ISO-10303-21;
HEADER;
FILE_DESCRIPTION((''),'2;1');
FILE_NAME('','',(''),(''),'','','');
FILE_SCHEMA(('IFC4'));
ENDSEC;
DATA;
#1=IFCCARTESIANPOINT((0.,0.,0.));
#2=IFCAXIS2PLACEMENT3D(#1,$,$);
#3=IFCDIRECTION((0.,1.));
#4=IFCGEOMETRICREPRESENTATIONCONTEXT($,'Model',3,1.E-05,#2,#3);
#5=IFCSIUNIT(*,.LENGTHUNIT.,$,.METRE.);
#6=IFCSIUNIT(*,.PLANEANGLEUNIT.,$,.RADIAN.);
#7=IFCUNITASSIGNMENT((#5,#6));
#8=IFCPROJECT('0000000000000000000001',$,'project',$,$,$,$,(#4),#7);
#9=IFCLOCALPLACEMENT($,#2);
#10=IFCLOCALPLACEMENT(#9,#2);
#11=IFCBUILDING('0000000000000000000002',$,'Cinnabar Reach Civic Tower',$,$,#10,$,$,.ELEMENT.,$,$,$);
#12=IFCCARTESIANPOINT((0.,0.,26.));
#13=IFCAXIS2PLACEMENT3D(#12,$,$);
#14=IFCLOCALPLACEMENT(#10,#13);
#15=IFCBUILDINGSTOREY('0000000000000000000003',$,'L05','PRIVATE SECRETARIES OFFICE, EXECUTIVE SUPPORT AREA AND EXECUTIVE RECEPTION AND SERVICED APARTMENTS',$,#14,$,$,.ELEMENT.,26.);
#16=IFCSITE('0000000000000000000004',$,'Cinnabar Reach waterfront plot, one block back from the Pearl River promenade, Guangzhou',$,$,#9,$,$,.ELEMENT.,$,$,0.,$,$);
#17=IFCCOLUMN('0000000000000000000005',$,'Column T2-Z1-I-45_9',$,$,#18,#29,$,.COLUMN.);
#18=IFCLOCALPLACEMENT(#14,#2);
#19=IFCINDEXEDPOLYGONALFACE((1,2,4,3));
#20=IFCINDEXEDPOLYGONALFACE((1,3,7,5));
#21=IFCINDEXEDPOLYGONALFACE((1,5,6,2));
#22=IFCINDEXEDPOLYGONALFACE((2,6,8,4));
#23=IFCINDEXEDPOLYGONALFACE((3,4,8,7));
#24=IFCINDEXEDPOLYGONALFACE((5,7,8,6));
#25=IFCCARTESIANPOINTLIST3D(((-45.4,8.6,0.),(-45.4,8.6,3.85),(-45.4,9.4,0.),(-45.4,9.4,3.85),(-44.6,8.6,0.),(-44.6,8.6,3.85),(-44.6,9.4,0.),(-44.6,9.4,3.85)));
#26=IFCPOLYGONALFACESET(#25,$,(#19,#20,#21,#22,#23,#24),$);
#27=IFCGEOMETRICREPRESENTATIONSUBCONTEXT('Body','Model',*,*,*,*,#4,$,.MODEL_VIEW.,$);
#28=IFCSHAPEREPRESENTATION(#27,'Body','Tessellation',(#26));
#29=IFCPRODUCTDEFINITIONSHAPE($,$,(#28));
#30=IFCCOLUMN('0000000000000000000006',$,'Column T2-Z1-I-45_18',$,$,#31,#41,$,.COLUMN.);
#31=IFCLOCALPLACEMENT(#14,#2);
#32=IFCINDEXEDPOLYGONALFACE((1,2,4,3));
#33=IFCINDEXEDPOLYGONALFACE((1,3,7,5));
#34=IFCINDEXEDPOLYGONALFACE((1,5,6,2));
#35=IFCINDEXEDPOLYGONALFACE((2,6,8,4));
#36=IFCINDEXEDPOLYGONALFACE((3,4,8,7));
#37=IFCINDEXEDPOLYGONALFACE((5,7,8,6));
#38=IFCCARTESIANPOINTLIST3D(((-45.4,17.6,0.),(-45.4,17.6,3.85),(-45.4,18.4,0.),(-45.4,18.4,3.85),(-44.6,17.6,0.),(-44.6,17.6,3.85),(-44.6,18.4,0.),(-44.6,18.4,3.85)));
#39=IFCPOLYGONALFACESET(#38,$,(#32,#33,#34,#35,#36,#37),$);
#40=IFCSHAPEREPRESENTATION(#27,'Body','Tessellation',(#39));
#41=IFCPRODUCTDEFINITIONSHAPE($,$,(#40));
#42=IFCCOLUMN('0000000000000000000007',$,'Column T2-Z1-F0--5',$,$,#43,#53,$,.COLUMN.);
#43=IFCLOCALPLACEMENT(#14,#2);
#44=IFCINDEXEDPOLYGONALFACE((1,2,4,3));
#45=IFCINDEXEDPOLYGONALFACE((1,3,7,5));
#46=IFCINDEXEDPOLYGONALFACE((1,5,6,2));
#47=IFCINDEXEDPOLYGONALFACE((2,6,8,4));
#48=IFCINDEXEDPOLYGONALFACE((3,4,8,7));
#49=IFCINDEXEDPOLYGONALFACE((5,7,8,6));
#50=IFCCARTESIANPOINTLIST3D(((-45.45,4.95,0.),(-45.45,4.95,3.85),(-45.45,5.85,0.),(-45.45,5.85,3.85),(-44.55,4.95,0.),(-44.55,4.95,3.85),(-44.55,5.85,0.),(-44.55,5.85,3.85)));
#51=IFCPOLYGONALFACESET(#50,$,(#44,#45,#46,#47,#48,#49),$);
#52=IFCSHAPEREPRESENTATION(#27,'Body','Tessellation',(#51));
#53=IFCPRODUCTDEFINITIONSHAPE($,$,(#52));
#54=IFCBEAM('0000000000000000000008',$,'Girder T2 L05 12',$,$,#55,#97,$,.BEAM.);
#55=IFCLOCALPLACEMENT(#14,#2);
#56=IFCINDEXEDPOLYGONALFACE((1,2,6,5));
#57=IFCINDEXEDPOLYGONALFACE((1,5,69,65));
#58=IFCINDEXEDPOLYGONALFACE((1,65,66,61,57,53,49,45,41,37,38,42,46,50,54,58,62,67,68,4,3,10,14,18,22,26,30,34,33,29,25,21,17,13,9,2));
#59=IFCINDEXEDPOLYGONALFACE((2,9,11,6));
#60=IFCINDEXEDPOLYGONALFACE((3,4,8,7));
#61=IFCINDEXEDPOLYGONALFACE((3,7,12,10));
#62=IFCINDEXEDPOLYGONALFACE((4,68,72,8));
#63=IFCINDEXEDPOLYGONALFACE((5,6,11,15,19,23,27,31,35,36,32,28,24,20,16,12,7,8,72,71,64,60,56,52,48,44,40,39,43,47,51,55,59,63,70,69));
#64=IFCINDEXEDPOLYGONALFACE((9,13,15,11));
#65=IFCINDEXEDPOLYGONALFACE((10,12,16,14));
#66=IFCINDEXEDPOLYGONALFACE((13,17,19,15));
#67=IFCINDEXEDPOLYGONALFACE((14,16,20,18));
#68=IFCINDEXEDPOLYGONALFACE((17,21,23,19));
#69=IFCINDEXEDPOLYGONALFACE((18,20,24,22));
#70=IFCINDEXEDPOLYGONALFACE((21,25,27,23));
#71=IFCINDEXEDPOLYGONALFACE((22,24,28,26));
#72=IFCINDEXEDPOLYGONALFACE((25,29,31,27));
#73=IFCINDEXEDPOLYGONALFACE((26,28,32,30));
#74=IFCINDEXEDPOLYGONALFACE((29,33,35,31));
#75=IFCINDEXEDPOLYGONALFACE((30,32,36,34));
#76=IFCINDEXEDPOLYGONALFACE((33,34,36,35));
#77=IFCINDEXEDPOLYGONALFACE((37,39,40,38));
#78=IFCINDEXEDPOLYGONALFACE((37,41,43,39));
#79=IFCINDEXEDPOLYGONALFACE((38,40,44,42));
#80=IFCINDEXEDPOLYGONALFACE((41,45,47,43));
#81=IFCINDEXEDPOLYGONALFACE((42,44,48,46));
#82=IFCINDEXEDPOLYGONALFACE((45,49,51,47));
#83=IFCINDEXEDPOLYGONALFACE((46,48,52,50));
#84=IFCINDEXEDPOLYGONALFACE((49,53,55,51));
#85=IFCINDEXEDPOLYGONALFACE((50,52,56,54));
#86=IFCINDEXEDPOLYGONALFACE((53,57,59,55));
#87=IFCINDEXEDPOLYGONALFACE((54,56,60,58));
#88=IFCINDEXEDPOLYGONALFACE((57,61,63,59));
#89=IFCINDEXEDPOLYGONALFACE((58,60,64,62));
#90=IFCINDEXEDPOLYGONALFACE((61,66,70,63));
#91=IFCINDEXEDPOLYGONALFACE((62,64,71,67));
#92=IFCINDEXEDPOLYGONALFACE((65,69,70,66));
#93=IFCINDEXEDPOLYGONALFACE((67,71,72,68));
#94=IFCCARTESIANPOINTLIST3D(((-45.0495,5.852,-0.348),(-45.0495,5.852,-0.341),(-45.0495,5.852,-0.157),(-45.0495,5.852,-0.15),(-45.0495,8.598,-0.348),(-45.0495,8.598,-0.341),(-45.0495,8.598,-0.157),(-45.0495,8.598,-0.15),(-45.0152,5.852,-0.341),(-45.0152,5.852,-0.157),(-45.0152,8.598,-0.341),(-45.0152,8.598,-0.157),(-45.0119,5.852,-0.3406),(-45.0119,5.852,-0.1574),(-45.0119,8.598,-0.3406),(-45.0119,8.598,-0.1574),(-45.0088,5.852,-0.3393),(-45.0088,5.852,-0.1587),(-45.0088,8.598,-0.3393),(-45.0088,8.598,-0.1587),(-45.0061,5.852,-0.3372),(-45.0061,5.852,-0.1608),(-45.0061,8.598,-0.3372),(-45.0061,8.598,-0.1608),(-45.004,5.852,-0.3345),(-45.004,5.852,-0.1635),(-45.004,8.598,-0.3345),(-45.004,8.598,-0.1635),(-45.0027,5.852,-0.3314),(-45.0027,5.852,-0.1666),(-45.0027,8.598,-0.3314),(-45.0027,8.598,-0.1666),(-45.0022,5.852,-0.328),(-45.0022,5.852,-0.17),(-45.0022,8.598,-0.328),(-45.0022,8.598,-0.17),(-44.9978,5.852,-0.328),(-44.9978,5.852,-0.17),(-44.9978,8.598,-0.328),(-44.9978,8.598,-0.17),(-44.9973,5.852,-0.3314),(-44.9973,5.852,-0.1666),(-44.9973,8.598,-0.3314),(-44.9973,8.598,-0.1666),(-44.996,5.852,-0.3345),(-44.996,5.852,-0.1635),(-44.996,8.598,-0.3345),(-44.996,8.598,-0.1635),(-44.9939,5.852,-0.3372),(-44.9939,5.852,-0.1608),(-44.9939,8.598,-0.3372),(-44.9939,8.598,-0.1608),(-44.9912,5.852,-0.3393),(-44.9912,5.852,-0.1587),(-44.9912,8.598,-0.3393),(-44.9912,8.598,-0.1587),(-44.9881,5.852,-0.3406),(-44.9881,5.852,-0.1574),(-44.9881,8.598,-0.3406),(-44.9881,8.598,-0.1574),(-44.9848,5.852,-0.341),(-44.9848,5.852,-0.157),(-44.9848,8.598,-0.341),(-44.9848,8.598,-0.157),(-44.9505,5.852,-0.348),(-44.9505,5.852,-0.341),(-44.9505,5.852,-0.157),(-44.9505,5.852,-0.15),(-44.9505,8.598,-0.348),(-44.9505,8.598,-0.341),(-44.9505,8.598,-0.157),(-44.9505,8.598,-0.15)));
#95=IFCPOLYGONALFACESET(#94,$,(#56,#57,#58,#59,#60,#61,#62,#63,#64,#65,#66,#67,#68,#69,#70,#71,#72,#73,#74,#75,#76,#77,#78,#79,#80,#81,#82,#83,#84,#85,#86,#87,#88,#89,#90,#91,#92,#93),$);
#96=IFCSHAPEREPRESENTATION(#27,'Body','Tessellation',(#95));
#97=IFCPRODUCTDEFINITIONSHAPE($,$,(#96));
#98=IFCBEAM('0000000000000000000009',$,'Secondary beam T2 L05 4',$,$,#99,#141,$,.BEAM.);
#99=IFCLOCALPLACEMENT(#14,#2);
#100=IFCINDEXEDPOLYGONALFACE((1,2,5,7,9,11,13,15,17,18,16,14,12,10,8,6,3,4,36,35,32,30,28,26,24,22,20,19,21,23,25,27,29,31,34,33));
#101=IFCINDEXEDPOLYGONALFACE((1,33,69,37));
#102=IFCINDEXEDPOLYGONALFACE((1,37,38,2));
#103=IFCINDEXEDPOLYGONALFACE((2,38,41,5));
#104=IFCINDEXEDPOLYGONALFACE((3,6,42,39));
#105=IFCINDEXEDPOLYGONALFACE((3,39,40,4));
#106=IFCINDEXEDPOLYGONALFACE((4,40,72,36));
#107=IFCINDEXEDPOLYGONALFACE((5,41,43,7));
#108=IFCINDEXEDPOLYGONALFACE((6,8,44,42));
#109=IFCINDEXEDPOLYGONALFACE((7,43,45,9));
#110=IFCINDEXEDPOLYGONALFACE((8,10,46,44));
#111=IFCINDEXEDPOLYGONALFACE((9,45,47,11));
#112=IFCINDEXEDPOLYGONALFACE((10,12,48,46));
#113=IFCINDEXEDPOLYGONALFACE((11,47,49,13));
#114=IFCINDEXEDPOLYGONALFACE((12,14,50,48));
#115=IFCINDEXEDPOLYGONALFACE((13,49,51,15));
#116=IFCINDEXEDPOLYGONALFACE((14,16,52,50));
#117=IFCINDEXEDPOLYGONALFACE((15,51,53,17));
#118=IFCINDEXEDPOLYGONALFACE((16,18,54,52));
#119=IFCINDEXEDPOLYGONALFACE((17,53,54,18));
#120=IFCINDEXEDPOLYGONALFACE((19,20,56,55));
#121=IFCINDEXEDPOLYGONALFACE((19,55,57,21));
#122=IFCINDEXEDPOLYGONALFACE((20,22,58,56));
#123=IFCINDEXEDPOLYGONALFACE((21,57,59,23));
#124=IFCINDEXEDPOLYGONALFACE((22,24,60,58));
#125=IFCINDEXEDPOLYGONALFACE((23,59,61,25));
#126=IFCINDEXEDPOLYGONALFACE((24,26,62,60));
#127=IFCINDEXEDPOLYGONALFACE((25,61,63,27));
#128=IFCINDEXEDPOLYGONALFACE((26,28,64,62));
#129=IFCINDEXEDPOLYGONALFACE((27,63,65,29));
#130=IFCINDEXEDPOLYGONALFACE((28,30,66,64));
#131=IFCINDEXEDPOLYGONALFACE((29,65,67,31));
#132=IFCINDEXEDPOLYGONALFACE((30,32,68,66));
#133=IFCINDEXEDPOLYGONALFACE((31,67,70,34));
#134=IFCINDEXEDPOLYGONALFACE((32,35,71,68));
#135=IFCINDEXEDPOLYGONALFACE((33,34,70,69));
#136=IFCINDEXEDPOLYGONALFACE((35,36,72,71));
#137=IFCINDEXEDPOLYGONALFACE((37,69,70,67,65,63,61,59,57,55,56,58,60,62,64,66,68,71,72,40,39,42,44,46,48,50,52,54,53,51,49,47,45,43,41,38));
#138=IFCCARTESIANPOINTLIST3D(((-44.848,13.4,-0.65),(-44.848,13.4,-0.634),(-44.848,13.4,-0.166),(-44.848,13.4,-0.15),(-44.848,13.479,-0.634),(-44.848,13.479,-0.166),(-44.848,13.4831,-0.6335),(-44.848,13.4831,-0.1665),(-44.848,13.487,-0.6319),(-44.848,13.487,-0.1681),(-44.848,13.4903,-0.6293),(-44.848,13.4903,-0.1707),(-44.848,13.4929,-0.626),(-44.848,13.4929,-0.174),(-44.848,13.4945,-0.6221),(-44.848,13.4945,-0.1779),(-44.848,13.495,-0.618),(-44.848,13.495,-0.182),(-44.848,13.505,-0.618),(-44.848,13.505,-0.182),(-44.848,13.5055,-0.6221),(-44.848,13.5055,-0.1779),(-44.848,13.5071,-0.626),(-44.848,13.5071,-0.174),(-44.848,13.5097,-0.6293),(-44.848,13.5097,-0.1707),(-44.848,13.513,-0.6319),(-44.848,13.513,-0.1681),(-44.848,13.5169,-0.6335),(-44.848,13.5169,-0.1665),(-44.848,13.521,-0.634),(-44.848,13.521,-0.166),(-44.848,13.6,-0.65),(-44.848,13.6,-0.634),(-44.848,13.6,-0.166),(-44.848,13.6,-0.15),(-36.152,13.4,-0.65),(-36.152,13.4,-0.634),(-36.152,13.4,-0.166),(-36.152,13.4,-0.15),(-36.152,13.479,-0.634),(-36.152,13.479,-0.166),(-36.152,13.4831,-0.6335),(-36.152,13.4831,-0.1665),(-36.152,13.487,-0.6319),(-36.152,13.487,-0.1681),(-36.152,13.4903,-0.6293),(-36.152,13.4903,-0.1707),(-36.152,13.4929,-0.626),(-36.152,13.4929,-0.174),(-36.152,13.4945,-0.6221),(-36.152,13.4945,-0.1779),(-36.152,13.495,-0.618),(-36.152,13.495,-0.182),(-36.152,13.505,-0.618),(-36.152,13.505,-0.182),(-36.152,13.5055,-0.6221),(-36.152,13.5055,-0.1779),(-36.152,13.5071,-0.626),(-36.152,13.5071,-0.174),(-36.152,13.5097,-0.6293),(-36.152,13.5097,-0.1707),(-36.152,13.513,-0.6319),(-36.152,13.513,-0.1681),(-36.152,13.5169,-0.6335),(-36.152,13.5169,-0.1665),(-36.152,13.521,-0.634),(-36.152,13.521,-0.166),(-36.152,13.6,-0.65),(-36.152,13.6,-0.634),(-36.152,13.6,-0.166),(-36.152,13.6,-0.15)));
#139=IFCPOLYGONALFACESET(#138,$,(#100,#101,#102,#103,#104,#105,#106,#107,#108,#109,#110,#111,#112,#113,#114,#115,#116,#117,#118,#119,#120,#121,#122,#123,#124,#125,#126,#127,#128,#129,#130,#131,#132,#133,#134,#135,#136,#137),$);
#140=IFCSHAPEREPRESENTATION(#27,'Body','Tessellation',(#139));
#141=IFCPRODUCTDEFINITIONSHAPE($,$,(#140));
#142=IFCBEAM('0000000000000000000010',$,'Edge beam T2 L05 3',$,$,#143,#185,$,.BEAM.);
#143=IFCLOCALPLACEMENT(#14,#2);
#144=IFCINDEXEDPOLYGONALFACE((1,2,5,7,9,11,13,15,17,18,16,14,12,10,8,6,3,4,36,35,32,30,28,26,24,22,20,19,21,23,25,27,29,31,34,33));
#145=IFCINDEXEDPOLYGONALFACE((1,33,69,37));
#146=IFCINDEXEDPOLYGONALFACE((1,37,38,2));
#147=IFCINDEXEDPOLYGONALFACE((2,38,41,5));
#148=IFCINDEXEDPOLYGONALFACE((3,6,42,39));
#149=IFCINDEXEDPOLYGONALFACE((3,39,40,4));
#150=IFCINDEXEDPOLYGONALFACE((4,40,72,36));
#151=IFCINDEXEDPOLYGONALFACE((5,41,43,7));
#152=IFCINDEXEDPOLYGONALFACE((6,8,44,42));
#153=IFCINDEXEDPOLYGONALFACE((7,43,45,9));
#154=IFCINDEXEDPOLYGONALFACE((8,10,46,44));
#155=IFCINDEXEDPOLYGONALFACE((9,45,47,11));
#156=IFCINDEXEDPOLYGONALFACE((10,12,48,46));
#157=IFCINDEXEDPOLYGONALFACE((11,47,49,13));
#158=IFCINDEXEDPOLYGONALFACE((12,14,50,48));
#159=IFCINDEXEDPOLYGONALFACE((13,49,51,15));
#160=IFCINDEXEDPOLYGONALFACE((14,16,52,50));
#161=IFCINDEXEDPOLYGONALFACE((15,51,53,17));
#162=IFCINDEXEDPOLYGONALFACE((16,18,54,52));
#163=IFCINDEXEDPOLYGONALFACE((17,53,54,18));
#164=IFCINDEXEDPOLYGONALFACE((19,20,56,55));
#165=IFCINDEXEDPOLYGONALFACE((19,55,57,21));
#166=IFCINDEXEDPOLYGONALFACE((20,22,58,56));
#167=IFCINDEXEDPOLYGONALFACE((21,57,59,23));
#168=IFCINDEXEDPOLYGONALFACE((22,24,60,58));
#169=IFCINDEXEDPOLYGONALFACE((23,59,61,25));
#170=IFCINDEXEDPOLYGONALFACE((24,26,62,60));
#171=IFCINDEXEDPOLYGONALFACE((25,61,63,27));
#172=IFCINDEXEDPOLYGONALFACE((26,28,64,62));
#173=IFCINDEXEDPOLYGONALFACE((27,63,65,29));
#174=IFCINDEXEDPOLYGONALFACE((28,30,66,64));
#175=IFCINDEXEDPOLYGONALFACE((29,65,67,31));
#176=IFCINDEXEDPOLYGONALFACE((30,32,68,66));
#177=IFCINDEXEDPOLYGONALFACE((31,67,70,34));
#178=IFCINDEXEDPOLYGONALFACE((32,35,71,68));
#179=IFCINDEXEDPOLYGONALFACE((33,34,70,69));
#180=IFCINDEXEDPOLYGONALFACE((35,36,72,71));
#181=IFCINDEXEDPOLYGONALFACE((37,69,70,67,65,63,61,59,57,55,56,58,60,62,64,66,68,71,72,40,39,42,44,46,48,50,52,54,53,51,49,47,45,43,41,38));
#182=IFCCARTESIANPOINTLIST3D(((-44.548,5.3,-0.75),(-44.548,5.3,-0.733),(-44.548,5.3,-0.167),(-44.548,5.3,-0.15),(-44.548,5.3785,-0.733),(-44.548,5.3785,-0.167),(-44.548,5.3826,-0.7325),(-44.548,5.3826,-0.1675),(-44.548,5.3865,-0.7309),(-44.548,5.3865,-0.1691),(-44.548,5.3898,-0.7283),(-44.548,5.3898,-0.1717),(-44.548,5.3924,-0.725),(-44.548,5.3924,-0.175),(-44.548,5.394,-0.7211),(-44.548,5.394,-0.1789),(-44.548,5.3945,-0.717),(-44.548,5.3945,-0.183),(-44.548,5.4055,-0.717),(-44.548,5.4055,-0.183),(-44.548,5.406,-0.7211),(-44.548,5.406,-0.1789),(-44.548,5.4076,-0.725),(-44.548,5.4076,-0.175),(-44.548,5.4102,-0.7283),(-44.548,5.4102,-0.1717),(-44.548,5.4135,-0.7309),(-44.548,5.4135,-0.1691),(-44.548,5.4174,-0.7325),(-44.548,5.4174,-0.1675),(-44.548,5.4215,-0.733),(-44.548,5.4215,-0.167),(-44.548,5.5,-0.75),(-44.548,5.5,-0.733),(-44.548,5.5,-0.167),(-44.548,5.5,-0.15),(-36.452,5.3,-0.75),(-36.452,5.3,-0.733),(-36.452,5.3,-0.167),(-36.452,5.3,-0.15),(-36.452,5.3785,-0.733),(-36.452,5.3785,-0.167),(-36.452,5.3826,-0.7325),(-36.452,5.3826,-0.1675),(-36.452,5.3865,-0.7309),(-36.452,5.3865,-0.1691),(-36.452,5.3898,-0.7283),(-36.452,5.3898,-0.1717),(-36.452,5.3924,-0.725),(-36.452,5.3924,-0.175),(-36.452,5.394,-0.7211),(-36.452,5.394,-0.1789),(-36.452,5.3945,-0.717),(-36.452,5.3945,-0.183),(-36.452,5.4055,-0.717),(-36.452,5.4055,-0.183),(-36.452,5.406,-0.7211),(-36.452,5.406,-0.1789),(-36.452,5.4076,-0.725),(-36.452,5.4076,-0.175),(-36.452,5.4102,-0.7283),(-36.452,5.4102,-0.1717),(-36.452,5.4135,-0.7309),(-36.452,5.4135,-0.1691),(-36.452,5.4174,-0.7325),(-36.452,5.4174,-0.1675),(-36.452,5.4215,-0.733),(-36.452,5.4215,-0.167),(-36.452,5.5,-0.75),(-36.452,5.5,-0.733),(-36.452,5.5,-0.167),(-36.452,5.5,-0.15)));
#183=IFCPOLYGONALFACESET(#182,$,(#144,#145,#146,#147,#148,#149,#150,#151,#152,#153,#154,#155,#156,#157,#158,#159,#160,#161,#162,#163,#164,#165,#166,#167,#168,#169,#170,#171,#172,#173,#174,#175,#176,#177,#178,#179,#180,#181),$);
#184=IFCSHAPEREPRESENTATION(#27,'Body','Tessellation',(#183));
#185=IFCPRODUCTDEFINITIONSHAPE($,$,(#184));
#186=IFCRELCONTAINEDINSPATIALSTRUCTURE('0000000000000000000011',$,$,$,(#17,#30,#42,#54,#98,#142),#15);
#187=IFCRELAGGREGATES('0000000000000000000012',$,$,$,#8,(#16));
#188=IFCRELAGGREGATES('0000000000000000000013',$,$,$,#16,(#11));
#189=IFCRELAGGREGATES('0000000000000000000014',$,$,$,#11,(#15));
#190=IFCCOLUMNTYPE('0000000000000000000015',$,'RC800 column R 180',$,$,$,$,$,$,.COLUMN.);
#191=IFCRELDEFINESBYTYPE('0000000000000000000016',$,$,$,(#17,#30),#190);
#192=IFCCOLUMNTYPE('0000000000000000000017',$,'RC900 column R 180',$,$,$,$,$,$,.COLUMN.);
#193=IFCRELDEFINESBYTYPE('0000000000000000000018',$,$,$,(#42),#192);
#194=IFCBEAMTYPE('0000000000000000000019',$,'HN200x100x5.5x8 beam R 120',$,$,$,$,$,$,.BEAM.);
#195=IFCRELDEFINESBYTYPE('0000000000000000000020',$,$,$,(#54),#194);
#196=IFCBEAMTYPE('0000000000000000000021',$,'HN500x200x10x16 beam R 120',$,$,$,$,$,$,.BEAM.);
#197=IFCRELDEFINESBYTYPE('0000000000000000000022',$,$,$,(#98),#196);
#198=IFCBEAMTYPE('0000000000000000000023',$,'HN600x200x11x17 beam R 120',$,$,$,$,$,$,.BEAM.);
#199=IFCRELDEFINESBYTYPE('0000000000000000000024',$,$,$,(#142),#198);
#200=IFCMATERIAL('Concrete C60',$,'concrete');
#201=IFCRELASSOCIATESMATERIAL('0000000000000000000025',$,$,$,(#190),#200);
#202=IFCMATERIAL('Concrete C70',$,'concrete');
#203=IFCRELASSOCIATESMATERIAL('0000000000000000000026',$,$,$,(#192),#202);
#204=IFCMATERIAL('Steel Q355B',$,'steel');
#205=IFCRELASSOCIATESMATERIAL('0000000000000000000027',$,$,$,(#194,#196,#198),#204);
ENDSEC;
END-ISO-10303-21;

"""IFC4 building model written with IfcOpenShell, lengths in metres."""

from ifc_helpers import new_model, si_unit, direction, frame, origin, origin_2d, place, context, subcontext, project, spatial, rectangle, i_section, extrude, material, material_profile, profile_set, type_object, element, save


model = new_model("IFC4")

# Units and contexts
model_context = context("Model", 3, precision=1e-05, world=origin(), true_north=direction((0.0, 1.0)))
body_context = subcontext(model_context, "Body", "Model", "MODEL_VIEW")
ifc_project = project(units=[si_unit("LENGTHUNIT", "METRE"), si_unit("PLANEANGLEUNIT", "RADIAN")], contexts=[model_context])

# Site, building, storey
site_placement = place(None, origin())
site = spatial("IfcSite", under=ifc_project, at=site_placement, Name="Cinnabar Reach waterfront plot, one block back from the Pearl River promenade, Guangzhou", CompositionType="ELEMENT", RefElevation=0.0)
building_placement = place(site_placement, origin())
building = spatial("IfcBuilding", under=site, at=building_placement, Name="Cinnabar Reach Civic Tower", CompositionType="ELEMENT")
storey_placement = place(building_placement, frame((0.0, 0.0, 26.0)))
storey = spatial("IfcBuildingStorey", under=building, at=storey_placement, Name="L05", Description="PRIVATE SECRETARIES OFFICE, EXECUTIVE SUPPORT AREA AND EXECUTIVE RECEPTION AND SERVICED APARTMENTS", CompositionType="ELEMENT", Elevation=26.0)

# Columns
ifc_material_1 = material(Name="Concrete C60", Category="concrete")
ifc_material_profile_1 = material_profile(ifc_material_1, rectangle(XDim=0.8, YDim=0.8, at=origin_2d()), Name="RC800")
ifc_profile_set_1 = profile_set([ifc_material_profile_1], Name="Concrete C60")
column_type_1 = type_object("IfcColumnType", Name="RC800 column R 180", PredefinedType="COLUMN", material=ifc_profile_set_1)
for number, where, z_axis, x_axis, name in (
    (1, (-45.0, 9.0, 0.0), (0.0, 0.0, 1.0), (1.0, 0.0, 0.0), "Column T2-Z1-I-45_9"),
    (2, (-45.0, 18.0, 0.0), (0.0, 0.0, 1.0), (1.0, 0.0, 0.0), "Column T2-Z1-I-45_18"),
):
    element("IfcColumn", number, at=place(storey_placement, frame(where, z_axis=z_axis, x_axis=x_axis)), inside=storey, type_object=column_type_1, Name=name, PredefinedType="COLUMN", context=body_context, shape_type="SweptSolid", body=[
        extrude(rectangle(XDim=0.8, YDim=0.8, at=origin_2d()), origin(), (0.0, 0.0, 1.0), 3.85),
    ])
ifc_material_2 = material(Name="Concrete C70", Category="concrete")
ifc_material_profile_2 = material_profile(ifc_material_2, rectangle(XDim=0.9, YDim=0.9, at=origin_2d()), Name="RC900")
ifc_profile_set_2 = profile_set([ifc_material_profile_2], Name="Concrete C70")
column_type_2 = type_object("IfcColumnType", Name="RC900 column R 180", PredefinedType="COLUMN", material=ifc_profile_set_2)
column_placement = place(storey_placement, frame((-45.0, 5.4, 0.0), z_axis=(0.0, 0.0, 1.0), x_axis=(1.0, 0.0, 0.0)))
element("IfcColumn", 3, at=column_placement, inside=storey, type_object=column_type_2, Name="Column T2-Z1-F0--5", PredefinedType="COLUMN", context=body_context, shape_type="SweptSolid", body=[
    extrude(rectangle(XDim=0.9, YDim=0.9, at=origin_2d()), origin(), (0.0, 0.0, 1.0), 3.85),
])

# Beams
ifc_material_3 = material(Name="Steel Q355B", Category="steel")
ifc_material_profile_3 = material_profile(ifc_material_3, i_section(OverallWidth=0.099, OverallDepth=0.198, WebThickness=0.0045, FlangeThickness=0.007, FilletRadius=0.013, at=origin_2d()), Name="HN200x100x5.5x8")
ifc_profile_set_3 = profile_set([ifc_material_profile_3], Name="Steel Q355B")
beam_type_1 = type_object("IfcBeamType", Name="HN200x100x5.5x8 beam R 120", PredefinedType="BEAM", material=ifc_profile_set_3)
beam_1_placement = place(storey_placement, frame((-45.0, 5.852, -0.249), z_axis=(0.0, 1.0, 0.0), x_axis=(-1.0, 0.0, 0.0)))
element("IfcBeam", 4, at=beam_1_placement, inside=storey, type_object=beam_type_1, Name="Girder T2 L05 12", PredefinedType="BEAM", context=body_context, shape_type="SweptSolid", body=[
    extrude(i_section(OverallWidth=0.099, OverallDepth=0.198, WebThickness=0.0045, FlangeThickness=0.007, FilletRadius=0.013, at=origin_2d()), origin(), (0.0, 0.0, 1.0), 2.746),
])
ifc_material_profile_4 = material_profile(ifc_material_3, i_section(OverallWidth=0.2, OverallDepth=0.5, WebThickness=0.01, FlangeThickness=0.016, FilletRadius=0.016, at=origin_2d()), Name="HN500x200x10x16")
ifc_profile_set_4 = profile_set([ifc_material_profile_4], Name="Steel Q355B")
beam_type_2 = type_object("IfcBeamType", Name="HN500x200x10x16 beam R 120", PredefinedType="BEAM", material=ifc_profile_set_4)
beam_2_placement = place(storey_placement, frame((-44.848, 13.5, -0.4), z_axis=(1.0, 0.0, 0.0), x_axis=(0.0, 1.0, 0.0)))
element("IfcBeam", 5, at=beam_2_placement, inside=storey, type_object=beam_type_2, Name="Secondary beam T2 L05 4", PredefinedType="BEAM", context=body_context, shape_type="SweptSolid", body=[
    extrude(i_section(OverallWidth=0.2, OverallDepth=0.5, WebThickness=0.01, FlangeThickness=0.016, FilletRadius=0.016, at=origin_2d()), origin(), (0.0, 0.0, 1.0), 8.696),
])
ifc_material_profile_5 = material_profile(ifc_material_3, i_section(OverallWidth=0.2, OverallDepth=0.6, WebThickness=0.011, FlangeThickness=0.017, FilletRadius=0.016, at=origin_2d()), Name="HN600x200x11x17")
ifc_profile_set_5 = profile_set([ifc_material_profile_5], Name="Steel Q355B")
beam_type_3 = type_object("IfcBeamType", Name="HN600x200x11x17 beam R 120", PredefinedType="BEAM", material=ifc_profile_set_5)
beam_3_placement = place(storey_placement, frame((-44.548, 5.4, -0.45), z_axis=(1.0, 0.0, 0.0), x_axis=(0.0, 1.0, 0.0)))
element("IfcBeam", 6, at=beam_3_placement, inside=storey, type_object=beam_type_3, Name="Edge beam T2 L05 3", PredefinedType="BEAM", context=body_context, shape_type="SweptSolid", body=[
    extrude(i_section(OverallWidth=0.2, OverallDepth=0.6, WebThickness=0.011, FlangeThickness=0.017, FilletRadius=0.016, at=origin_2d()), origin(), (0.0, 0.0, 1.0), 8.096),
])

save(model, "model.ifc")
